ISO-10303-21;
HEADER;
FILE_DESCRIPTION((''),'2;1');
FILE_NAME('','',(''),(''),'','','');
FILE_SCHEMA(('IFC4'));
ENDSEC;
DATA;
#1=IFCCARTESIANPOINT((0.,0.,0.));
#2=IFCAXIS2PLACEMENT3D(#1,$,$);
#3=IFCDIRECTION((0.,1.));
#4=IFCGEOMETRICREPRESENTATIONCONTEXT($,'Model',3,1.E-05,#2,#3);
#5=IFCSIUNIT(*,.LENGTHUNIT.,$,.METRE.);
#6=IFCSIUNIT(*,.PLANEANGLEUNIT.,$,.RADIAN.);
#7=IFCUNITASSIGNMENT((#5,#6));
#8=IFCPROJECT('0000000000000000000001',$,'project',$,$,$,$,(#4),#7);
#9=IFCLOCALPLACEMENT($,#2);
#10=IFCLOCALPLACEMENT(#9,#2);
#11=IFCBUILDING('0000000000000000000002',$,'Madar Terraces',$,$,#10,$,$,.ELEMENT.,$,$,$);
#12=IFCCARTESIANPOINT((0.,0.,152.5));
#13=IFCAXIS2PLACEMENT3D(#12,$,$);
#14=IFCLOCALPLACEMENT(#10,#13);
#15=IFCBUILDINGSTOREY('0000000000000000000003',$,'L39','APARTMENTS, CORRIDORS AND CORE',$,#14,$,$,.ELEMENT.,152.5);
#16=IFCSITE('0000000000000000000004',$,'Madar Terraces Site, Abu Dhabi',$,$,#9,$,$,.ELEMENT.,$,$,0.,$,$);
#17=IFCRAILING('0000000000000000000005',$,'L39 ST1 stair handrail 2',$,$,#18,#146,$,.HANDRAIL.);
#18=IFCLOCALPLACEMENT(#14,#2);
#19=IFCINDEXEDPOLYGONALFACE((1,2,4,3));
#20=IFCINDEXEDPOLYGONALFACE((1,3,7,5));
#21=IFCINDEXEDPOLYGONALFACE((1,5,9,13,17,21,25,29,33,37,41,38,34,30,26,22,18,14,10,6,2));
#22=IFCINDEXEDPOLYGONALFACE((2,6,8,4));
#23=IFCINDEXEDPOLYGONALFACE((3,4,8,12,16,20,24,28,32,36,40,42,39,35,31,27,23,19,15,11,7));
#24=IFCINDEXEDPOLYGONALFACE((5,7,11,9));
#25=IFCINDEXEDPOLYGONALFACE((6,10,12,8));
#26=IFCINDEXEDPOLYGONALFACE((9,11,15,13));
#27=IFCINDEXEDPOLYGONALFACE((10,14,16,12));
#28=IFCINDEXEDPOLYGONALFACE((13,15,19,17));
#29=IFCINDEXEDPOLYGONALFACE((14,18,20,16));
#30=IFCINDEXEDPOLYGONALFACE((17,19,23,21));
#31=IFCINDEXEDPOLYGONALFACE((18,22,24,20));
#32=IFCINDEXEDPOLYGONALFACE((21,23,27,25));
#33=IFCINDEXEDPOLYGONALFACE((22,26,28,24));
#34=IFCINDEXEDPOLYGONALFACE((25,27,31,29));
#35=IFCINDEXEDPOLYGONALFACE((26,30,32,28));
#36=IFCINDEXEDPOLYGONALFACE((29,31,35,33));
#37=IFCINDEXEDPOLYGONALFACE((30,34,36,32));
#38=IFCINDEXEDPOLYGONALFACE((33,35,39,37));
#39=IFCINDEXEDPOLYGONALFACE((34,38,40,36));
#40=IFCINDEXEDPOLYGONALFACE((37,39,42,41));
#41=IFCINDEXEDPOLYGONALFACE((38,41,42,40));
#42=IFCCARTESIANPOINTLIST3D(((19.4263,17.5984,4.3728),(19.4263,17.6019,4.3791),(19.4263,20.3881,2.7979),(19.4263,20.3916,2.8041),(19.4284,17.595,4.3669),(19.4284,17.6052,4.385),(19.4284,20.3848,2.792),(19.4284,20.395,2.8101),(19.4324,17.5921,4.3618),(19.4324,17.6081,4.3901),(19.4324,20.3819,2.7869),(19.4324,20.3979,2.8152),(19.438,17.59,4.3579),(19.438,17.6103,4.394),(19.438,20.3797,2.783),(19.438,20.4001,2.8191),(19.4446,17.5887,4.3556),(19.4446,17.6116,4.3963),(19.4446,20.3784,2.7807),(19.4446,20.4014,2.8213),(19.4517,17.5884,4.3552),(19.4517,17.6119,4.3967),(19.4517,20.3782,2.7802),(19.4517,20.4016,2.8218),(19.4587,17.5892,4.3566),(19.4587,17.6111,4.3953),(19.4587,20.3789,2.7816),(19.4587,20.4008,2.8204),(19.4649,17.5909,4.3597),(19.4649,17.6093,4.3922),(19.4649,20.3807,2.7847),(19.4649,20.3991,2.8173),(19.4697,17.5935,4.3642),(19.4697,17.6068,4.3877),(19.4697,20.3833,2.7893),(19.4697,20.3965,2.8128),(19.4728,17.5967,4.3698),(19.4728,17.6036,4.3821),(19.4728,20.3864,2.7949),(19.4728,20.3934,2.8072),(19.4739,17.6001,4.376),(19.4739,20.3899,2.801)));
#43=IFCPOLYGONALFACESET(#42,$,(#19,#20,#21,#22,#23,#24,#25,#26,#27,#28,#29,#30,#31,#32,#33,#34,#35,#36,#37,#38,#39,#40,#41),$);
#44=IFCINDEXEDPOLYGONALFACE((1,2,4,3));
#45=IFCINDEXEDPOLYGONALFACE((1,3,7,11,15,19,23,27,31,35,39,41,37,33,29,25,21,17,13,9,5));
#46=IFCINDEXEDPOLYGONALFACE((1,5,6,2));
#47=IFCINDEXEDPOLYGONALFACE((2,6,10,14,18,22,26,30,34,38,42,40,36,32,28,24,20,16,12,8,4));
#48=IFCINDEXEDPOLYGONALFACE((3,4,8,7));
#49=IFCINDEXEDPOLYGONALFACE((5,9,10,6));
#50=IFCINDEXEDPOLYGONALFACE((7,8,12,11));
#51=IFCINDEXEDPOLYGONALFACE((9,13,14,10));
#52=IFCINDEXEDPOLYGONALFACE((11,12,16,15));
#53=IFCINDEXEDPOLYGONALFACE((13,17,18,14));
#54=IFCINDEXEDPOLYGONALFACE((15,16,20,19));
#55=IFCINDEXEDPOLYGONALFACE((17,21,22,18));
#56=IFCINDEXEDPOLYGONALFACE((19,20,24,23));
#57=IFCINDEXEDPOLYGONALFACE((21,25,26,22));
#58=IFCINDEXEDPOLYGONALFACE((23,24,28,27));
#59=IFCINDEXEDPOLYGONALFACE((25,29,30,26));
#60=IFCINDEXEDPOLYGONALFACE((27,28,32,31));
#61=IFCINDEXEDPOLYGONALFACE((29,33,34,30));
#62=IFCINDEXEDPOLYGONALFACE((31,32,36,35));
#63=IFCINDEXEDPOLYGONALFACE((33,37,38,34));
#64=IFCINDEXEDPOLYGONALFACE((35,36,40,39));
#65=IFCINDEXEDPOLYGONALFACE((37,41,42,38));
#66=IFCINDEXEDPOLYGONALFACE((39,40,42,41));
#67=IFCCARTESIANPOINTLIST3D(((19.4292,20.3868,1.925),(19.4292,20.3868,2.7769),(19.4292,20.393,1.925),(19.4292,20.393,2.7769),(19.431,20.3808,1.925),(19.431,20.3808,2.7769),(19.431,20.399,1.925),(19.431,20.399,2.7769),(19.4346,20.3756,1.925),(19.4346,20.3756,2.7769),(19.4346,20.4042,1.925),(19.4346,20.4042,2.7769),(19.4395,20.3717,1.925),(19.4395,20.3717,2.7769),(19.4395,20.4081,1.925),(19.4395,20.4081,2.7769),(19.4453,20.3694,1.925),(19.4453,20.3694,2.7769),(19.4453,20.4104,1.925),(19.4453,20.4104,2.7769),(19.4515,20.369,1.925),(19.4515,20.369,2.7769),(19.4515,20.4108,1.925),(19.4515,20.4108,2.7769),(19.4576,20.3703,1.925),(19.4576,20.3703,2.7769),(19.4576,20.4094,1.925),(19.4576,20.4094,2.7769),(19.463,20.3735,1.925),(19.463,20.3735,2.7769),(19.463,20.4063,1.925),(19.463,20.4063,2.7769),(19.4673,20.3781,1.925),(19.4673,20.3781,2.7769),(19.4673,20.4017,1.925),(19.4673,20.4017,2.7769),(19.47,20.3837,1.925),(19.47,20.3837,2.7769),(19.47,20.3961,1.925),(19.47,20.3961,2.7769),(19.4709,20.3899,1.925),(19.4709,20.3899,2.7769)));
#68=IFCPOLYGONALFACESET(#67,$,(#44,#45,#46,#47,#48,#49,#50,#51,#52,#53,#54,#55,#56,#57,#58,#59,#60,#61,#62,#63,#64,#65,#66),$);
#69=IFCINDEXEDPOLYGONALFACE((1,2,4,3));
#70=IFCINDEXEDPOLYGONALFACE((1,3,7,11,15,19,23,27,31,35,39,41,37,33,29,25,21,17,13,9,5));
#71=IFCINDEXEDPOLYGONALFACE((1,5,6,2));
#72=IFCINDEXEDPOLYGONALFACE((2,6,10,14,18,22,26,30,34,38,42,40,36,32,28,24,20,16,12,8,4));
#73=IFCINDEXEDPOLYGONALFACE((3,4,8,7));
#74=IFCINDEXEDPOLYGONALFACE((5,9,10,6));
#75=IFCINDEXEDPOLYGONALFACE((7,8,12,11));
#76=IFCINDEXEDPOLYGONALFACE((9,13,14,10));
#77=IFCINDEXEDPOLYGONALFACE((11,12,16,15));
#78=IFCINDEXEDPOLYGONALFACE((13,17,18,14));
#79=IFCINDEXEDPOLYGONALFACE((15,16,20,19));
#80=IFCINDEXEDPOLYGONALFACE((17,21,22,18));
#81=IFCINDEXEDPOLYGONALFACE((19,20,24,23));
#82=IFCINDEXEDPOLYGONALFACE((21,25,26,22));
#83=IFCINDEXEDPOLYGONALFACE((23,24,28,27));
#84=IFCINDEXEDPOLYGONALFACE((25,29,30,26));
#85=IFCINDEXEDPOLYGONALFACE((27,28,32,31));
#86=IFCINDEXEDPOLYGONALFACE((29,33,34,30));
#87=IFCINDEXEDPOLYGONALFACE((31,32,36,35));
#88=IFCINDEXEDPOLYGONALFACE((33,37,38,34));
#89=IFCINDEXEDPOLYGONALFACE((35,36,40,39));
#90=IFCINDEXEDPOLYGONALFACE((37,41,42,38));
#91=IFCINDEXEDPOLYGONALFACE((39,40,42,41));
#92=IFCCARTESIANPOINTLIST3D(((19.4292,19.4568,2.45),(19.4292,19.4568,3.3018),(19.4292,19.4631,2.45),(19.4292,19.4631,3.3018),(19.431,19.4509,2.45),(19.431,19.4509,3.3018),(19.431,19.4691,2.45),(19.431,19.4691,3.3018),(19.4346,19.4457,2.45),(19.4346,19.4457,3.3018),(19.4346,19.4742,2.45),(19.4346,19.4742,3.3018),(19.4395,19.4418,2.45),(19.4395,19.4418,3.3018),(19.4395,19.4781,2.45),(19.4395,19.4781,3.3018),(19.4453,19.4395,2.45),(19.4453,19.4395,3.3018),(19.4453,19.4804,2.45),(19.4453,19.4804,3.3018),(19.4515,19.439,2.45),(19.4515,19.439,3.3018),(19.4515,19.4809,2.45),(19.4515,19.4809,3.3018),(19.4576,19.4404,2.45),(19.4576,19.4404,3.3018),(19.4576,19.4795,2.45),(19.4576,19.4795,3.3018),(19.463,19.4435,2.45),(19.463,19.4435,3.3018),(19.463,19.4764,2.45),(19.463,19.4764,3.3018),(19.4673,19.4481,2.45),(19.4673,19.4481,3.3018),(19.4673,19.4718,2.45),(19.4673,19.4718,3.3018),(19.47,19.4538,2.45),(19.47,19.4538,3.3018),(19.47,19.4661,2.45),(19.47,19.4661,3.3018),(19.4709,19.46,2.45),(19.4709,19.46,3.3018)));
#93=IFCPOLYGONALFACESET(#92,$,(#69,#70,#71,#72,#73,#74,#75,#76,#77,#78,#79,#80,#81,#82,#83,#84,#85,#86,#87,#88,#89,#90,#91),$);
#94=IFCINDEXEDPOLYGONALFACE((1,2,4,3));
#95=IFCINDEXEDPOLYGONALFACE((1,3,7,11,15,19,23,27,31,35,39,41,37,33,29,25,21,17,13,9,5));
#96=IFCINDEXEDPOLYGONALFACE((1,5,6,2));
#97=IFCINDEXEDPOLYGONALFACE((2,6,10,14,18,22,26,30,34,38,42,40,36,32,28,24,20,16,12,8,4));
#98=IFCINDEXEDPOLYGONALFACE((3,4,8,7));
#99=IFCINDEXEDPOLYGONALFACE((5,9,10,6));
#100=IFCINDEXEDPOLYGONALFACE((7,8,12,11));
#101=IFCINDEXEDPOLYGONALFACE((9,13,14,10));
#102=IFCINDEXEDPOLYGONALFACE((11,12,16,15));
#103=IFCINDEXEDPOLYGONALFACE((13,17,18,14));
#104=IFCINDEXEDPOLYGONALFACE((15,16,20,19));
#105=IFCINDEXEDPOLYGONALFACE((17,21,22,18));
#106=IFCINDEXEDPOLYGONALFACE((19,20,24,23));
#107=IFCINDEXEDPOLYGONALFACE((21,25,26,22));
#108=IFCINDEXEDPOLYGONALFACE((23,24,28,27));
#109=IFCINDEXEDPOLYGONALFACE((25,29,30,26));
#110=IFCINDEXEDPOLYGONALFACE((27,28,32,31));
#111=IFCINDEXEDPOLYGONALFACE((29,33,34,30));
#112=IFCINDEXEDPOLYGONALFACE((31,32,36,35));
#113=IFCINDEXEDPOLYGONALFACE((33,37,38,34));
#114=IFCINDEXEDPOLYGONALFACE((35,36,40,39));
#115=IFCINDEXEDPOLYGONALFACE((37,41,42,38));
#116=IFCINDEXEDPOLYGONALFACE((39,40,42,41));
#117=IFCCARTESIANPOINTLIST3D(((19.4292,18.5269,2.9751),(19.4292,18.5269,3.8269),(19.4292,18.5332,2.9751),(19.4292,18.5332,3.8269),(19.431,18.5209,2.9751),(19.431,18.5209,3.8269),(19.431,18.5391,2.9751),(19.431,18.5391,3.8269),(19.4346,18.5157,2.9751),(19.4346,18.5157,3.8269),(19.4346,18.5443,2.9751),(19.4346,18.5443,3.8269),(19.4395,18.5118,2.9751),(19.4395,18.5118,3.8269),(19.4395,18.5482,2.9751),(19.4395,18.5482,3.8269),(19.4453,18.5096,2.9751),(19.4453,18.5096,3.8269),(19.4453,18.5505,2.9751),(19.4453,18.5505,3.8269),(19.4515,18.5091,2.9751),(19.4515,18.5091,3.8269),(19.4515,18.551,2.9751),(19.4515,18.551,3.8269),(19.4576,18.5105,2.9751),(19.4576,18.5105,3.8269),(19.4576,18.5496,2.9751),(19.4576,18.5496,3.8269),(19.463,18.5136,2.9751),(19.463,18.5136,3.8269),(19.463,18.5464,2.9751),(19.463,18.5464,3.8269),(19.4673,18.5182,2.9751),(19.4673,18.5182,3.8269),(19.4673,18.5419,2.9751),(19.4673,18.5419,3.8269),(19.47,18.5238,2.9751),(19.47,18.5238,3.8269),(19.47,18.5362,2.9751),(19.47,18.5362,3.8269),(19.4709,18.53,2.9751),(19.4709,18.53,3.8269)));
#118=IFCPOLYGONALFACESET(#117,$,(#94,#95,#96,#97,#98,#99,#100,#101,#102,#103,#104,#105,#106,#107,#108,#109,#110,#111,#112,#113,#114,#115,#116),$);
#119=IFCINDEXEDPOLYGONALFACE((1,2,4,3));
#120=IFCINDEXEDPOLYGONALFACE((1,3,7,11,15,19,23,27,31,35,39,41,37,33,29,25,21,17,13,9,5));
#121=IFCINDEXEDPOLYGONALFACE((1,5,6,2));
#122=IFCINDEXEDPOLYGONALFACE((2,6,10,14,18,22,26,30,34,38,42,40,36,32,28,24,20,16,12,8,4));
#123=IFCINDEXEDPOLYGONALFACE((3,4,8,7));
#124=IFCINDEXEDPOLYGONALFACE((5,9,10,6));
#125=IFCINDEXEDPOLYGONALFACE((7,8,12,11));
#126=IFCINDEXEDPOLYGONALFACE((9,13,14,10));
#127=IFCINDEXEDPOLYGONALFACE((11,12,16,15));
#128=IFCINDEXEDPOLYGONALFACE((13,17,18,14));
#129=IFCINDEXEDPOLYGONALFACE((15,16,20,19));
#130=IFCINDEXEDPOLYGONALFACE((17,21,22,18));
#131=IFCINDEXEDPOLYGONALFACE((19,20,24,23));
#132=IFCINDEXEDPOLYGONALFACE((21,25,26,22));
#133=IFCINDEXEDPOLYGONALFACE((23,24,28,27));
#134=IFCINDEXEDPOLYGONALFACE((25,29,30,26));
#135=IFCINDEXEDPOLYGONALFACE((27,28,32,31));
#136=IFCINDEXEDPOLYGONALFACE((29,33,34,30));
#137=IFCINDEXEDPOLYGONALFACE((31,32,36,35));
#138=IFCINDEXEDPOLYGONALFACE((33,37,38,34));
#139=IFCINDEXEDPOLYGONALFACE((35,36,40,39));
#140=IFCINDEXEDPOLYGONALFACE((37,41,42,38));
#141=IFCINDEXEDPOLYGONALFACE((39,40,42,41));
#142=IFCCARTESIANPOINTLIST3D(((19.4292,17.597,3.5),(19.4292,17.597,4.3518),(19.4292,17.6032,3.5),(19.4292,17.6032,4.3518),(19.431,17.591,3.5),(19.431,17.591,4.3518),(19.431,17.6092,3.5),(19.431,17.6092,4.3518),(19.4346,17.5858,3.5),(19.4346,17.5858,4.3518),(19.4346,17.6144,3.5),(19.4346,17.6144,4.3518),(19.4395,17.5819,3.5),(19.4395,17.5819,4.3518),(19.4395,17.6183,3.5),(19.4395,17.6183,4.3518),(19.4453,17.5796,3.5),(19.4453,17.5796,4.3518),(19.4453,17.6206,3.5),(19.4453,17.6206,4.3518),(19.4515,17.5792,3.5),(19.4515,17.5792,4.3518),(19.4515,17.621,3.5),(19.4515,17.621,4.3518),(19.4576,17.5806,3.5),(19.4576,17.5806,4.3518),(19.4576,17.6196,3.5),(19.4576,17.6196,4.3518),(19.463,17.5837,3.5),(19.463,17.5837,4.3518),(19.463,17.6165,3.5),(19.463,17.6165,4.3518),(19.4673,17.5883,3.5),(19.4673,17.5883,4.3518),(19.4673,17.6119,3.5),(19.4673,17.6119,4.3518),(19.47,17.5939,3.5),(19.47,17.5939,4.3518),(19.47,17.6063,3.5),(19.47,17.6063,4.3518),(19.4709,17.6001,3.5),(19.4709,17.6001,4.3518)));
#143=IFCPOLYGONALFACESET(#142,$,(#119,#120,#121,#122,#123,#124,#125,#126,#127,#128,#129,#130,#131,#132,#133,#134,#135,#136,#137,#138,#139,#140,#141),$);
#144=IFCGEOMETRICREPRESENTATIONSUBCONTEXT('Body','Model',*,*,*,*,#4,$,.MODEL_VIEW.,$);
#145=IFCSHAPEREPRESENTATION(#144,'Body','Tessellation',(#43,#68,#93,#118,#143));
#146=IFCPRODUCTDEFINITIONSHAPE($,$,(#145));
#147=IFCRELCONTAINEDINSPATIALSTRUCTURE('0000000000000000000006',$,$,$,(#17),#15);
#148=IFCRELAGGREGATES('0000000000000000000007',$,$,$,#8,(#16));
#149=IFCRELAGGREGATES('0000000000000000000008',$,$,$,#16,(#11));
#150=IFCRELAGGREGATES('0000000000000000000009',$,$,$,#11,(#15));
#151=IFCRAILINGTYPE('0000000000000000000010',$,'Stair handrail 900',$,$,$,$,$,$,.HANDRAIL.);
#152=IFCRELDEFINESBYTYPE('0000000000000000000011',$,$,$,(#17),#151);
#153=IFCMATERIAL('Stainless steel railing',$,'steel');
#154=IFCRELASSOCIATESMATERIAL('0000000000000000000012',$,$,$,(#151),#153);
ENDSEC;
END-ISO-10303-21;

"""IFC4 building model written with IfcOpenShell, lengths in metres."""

from ifc_helpers import new_model, si_unit, direction, frame, origin, origin_2d, place, context, subcontext, project, spatial, circle, extrude, material, type_object, element, save


model = new_model("IFC4")

# Units and contexts
model_context = context("Model", 3, precision=1e-05, world=origin(), true_north=direction((0.0, 1.0)))
body_context = subcontext(model_context, "Body", "Model", "MODEL_VIEW")
ifc_project = project(units=[si_unit("LENGTHUNIT", "METRE"), si_unit("PLANEANGLEUNIT", "RADIAN")], contexts=[model_context])

# Site, building, storey
site_placement = place(None, origin())
site = spatial("IfcSite", under=ifc_project, at=site_placement, Name="Madar Terraces Site, Abu Dhabi", CompositionType="ELEMENT", RefElevation=0.0)
building_placement = place(site_placement, origin())
building = spatial("IfcBuilding", under=site, at=building_placement, Name="Madar Terraces", CompositionType="ELEMENT")
storey_placement = place(building_placement, frame((0.0, 0.0, 152.5)))
storey = spatial("IfcBuildingStorey", under=building, at=storey_placement, Name="L39", Description="APARTMENTS, CORRIDORS AND CORE", CompositionType="ELEMENT", Elevation=152.5)

# Railing
ifc_material_1 = material(Name="Stainless steel railing", Category="steel")
railing_type_1 = type_object("IfcRailingType", Name="Stair handrail 900", PredefinedType="HANDRAIL", material=ifc_material_1)
railing_1_placement = place(storey_placement, frame((19.45, 20.3899, 1.925)))
element("IfcRailing", 1, at=railing_1_placement, inside=storey, type_object=railing_type_1, Name="L39 ST1 stair handrail 2", PredefinedType="HANDRAIL", context=body_context, shape_type="SweptSolid", body=[
    extrude(circle(Radius=0.0239, at=origin_2d()), frame((0.0, 0.0, 0.876), z_axis=(0.0, -0.870815, 0.49161), x_axis=(1.0, 0.0, 0.0)), (0.0, 0.0, 1.0), 3.2036),
    extrude(circle(Radius=0.021, at=origin_2d()), origin(), (0.0, 0.0, 1.0), 0.8518),
    extrude(circle(Radius=0.021, at=origin_2d()), frame((0.0, -0.9299, 0.5249)), (0.0, 0.0, 1.0), 0.8518),
    extrude(circle(Radius=0.021, at=origin_2d()), frame((0.0, -1.8599, 1.05)), (0.0, 0.0, 1.0), 0.8518),
    extrude(circle(Radius=0.021, at=origin_2d()), frame((0.0, -2.7898, 1.575)), (0.0, 0.0, 1.0), 0.8518),
])

save(model, "model.ifc")
